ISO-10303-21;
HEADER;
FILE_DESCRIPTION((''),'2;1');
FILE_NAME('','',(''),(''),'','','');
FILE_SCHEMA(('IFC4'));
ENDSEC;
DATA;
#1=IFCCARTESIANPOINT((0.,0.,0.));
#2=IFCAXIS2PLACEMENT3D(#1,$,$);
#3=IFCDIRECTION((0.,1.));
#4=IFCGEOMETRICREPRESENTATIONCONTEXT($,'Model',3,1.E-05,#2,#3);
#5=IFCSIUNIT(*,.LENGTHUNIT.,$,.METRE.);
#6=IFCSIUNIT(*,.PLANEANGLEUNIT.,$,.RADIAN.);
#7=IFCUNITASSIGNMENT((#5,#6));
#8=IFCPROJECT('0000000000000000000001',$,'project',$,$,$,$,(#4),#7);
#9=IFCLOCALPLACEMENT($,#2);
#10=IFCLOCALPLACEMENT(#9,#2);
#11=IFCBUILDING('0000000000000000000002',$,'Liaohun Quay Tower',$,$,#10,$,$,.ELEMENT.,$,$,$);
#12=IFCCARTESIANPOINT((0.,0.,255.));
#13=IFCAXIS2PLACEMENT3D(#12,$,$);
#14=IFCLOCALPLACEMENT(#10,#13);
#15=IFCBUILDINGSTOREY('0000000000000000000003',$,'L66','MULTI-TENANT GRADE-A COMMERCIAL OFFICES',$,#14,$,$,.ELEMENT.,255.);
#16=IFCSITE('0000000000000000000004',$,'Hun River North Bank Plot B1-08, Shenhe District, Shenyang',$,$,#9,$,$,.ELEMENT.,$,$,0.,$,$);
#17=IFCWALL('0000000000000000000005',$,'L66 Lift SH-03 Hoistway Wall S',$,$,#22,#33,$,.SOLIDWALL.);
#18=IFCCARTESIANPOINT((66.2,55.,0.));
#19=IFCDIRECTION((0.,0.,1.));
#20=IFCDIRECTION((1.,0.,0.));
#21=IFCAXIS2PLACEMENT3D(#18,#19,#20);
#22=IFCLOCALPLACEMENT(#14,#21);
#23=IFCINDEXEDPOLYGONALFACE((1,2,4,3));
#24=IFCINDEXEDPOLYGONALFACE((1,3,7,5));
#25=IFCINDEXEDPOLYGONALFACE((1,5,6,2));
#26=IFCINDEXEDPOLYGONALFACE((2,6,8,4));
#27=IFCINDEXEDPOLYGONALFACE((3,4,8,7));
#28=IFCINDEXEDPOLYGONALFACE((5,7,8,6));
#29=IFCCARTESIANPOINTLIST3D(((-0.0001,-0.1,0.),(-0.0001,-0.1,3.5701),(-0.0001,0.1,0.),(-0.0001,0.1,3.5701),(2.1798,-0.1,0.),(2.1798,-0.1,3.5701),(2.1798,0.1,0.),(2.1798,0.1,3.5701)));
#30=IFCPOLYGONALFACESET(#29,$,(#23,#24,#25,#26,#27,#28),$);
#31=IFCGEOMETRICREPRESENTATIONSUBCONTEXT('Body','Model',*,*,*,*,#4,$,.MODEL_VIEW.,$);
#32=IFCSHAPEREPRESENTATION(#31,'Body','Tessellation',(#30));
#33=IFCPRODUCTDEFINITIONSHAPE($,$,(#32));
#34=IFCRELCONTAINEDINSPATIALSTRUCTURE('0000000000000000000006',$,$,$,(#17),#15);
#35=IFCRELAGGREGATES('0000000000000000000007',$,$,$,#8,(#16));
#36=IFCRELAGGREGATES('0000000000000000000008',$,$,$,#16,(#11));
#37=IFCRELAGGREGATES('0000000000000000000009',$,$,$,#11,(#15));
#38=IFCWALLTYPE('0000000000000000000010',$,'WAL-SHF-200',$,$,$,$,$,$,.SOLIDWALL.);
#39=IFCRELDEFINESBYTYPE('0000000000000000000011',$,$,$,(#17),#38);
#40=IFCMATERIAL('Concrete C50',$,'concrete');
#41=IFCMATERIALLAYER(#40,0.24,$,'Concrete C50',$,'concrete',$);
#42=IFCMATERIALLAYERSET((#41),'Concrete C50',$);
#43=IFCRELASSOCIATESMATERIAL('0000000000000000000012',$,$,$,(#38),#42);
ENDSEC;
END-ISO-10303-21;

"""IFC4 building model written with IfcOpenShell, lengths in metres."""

from ifc_helpers import new_model, si_unit, direction, frame, frame_2d, origin, place, context, subcontext, project, spatial, rectangle, extrude, material, layer, layer_set, type_object, element, save


model = new_model("IFC4")

# Units and contexts
model_context = context("Model", 3, precision=1e-05, world=origin(), true_north=direction((0.0, 1.0)))
body_context = subcontext(model_context, "Body", "Model", "MODEL_VIEW")
ifc_project = project(units=[si_unit("LENGTHUNIT", "METRE"), si_unit("PLANEANGLEUNIT", "RADIAN")], contexts=[model_context])

# Site, building, storey
site_placement = place(None, origin())
site = spatial("IfcSite", under=ifc_project, at=site_placement, Name="Hun River North Bank Plot B1-08, Shenhe District, Shenyang", CompositionType="ELEMENT", RefElevation=0.0)
building_placement = place(site_placement, origin())
building = spatial("IfcBuilding", under=site, at=building_placement, Name="Liaohun Quay Tower", CompositionType="ELEMENT")
storey_placement = place(building_placement, frame((0.0, 0.0, 255.0)))
storey = spatial("IfcBuildingStorey", under=building, at=storey_placement, Name="L66", Description="MULTI-TENANT GRADE-A COMMERCIAL OFFICES", CompositionType="ELEMENT", Elevation=255.0)

# Shared definitions
ifc_material_1 = material(Name="Concrete C50", Category="concrete")
ifc_layer_1 = layer(ifc_material_1, 0.24, Name="Concrete C50", Category="concrete")
ifc_layer_set_1 = layer_set([ifc_layer_1], Name="Concrete C50")
wall_type_1 = type_object("IfcWallType", Name="WAL-SHF-200", PredefinedType="SOLIDWALL", material=ifc_layer_set_1)

# Wall
wall_1_placement = place(storey_placement, frame((66.2, 55.0, 0.0), z_axis=(0.0, 0.0, 1.0), x_axis=(1.0, 0.0, 0.0)))
element("IfcWall", 1, at=wall_1_placement, inside=storey, type_object=wall_type_1, Name="L66 Lift SH-03 Hoistway Wall S", PredefinedType="SOLIDWALL", context=body_context, shape_type="SweptSolid", body=[
    extrude(rectangle(XDim=2.1799, YDim=0.2, at=frame_2d((1.0898, 0.0))), origin(), (0.0, 0.0, 1.0), 3.5701),
])

save(model, "model.ifc")
